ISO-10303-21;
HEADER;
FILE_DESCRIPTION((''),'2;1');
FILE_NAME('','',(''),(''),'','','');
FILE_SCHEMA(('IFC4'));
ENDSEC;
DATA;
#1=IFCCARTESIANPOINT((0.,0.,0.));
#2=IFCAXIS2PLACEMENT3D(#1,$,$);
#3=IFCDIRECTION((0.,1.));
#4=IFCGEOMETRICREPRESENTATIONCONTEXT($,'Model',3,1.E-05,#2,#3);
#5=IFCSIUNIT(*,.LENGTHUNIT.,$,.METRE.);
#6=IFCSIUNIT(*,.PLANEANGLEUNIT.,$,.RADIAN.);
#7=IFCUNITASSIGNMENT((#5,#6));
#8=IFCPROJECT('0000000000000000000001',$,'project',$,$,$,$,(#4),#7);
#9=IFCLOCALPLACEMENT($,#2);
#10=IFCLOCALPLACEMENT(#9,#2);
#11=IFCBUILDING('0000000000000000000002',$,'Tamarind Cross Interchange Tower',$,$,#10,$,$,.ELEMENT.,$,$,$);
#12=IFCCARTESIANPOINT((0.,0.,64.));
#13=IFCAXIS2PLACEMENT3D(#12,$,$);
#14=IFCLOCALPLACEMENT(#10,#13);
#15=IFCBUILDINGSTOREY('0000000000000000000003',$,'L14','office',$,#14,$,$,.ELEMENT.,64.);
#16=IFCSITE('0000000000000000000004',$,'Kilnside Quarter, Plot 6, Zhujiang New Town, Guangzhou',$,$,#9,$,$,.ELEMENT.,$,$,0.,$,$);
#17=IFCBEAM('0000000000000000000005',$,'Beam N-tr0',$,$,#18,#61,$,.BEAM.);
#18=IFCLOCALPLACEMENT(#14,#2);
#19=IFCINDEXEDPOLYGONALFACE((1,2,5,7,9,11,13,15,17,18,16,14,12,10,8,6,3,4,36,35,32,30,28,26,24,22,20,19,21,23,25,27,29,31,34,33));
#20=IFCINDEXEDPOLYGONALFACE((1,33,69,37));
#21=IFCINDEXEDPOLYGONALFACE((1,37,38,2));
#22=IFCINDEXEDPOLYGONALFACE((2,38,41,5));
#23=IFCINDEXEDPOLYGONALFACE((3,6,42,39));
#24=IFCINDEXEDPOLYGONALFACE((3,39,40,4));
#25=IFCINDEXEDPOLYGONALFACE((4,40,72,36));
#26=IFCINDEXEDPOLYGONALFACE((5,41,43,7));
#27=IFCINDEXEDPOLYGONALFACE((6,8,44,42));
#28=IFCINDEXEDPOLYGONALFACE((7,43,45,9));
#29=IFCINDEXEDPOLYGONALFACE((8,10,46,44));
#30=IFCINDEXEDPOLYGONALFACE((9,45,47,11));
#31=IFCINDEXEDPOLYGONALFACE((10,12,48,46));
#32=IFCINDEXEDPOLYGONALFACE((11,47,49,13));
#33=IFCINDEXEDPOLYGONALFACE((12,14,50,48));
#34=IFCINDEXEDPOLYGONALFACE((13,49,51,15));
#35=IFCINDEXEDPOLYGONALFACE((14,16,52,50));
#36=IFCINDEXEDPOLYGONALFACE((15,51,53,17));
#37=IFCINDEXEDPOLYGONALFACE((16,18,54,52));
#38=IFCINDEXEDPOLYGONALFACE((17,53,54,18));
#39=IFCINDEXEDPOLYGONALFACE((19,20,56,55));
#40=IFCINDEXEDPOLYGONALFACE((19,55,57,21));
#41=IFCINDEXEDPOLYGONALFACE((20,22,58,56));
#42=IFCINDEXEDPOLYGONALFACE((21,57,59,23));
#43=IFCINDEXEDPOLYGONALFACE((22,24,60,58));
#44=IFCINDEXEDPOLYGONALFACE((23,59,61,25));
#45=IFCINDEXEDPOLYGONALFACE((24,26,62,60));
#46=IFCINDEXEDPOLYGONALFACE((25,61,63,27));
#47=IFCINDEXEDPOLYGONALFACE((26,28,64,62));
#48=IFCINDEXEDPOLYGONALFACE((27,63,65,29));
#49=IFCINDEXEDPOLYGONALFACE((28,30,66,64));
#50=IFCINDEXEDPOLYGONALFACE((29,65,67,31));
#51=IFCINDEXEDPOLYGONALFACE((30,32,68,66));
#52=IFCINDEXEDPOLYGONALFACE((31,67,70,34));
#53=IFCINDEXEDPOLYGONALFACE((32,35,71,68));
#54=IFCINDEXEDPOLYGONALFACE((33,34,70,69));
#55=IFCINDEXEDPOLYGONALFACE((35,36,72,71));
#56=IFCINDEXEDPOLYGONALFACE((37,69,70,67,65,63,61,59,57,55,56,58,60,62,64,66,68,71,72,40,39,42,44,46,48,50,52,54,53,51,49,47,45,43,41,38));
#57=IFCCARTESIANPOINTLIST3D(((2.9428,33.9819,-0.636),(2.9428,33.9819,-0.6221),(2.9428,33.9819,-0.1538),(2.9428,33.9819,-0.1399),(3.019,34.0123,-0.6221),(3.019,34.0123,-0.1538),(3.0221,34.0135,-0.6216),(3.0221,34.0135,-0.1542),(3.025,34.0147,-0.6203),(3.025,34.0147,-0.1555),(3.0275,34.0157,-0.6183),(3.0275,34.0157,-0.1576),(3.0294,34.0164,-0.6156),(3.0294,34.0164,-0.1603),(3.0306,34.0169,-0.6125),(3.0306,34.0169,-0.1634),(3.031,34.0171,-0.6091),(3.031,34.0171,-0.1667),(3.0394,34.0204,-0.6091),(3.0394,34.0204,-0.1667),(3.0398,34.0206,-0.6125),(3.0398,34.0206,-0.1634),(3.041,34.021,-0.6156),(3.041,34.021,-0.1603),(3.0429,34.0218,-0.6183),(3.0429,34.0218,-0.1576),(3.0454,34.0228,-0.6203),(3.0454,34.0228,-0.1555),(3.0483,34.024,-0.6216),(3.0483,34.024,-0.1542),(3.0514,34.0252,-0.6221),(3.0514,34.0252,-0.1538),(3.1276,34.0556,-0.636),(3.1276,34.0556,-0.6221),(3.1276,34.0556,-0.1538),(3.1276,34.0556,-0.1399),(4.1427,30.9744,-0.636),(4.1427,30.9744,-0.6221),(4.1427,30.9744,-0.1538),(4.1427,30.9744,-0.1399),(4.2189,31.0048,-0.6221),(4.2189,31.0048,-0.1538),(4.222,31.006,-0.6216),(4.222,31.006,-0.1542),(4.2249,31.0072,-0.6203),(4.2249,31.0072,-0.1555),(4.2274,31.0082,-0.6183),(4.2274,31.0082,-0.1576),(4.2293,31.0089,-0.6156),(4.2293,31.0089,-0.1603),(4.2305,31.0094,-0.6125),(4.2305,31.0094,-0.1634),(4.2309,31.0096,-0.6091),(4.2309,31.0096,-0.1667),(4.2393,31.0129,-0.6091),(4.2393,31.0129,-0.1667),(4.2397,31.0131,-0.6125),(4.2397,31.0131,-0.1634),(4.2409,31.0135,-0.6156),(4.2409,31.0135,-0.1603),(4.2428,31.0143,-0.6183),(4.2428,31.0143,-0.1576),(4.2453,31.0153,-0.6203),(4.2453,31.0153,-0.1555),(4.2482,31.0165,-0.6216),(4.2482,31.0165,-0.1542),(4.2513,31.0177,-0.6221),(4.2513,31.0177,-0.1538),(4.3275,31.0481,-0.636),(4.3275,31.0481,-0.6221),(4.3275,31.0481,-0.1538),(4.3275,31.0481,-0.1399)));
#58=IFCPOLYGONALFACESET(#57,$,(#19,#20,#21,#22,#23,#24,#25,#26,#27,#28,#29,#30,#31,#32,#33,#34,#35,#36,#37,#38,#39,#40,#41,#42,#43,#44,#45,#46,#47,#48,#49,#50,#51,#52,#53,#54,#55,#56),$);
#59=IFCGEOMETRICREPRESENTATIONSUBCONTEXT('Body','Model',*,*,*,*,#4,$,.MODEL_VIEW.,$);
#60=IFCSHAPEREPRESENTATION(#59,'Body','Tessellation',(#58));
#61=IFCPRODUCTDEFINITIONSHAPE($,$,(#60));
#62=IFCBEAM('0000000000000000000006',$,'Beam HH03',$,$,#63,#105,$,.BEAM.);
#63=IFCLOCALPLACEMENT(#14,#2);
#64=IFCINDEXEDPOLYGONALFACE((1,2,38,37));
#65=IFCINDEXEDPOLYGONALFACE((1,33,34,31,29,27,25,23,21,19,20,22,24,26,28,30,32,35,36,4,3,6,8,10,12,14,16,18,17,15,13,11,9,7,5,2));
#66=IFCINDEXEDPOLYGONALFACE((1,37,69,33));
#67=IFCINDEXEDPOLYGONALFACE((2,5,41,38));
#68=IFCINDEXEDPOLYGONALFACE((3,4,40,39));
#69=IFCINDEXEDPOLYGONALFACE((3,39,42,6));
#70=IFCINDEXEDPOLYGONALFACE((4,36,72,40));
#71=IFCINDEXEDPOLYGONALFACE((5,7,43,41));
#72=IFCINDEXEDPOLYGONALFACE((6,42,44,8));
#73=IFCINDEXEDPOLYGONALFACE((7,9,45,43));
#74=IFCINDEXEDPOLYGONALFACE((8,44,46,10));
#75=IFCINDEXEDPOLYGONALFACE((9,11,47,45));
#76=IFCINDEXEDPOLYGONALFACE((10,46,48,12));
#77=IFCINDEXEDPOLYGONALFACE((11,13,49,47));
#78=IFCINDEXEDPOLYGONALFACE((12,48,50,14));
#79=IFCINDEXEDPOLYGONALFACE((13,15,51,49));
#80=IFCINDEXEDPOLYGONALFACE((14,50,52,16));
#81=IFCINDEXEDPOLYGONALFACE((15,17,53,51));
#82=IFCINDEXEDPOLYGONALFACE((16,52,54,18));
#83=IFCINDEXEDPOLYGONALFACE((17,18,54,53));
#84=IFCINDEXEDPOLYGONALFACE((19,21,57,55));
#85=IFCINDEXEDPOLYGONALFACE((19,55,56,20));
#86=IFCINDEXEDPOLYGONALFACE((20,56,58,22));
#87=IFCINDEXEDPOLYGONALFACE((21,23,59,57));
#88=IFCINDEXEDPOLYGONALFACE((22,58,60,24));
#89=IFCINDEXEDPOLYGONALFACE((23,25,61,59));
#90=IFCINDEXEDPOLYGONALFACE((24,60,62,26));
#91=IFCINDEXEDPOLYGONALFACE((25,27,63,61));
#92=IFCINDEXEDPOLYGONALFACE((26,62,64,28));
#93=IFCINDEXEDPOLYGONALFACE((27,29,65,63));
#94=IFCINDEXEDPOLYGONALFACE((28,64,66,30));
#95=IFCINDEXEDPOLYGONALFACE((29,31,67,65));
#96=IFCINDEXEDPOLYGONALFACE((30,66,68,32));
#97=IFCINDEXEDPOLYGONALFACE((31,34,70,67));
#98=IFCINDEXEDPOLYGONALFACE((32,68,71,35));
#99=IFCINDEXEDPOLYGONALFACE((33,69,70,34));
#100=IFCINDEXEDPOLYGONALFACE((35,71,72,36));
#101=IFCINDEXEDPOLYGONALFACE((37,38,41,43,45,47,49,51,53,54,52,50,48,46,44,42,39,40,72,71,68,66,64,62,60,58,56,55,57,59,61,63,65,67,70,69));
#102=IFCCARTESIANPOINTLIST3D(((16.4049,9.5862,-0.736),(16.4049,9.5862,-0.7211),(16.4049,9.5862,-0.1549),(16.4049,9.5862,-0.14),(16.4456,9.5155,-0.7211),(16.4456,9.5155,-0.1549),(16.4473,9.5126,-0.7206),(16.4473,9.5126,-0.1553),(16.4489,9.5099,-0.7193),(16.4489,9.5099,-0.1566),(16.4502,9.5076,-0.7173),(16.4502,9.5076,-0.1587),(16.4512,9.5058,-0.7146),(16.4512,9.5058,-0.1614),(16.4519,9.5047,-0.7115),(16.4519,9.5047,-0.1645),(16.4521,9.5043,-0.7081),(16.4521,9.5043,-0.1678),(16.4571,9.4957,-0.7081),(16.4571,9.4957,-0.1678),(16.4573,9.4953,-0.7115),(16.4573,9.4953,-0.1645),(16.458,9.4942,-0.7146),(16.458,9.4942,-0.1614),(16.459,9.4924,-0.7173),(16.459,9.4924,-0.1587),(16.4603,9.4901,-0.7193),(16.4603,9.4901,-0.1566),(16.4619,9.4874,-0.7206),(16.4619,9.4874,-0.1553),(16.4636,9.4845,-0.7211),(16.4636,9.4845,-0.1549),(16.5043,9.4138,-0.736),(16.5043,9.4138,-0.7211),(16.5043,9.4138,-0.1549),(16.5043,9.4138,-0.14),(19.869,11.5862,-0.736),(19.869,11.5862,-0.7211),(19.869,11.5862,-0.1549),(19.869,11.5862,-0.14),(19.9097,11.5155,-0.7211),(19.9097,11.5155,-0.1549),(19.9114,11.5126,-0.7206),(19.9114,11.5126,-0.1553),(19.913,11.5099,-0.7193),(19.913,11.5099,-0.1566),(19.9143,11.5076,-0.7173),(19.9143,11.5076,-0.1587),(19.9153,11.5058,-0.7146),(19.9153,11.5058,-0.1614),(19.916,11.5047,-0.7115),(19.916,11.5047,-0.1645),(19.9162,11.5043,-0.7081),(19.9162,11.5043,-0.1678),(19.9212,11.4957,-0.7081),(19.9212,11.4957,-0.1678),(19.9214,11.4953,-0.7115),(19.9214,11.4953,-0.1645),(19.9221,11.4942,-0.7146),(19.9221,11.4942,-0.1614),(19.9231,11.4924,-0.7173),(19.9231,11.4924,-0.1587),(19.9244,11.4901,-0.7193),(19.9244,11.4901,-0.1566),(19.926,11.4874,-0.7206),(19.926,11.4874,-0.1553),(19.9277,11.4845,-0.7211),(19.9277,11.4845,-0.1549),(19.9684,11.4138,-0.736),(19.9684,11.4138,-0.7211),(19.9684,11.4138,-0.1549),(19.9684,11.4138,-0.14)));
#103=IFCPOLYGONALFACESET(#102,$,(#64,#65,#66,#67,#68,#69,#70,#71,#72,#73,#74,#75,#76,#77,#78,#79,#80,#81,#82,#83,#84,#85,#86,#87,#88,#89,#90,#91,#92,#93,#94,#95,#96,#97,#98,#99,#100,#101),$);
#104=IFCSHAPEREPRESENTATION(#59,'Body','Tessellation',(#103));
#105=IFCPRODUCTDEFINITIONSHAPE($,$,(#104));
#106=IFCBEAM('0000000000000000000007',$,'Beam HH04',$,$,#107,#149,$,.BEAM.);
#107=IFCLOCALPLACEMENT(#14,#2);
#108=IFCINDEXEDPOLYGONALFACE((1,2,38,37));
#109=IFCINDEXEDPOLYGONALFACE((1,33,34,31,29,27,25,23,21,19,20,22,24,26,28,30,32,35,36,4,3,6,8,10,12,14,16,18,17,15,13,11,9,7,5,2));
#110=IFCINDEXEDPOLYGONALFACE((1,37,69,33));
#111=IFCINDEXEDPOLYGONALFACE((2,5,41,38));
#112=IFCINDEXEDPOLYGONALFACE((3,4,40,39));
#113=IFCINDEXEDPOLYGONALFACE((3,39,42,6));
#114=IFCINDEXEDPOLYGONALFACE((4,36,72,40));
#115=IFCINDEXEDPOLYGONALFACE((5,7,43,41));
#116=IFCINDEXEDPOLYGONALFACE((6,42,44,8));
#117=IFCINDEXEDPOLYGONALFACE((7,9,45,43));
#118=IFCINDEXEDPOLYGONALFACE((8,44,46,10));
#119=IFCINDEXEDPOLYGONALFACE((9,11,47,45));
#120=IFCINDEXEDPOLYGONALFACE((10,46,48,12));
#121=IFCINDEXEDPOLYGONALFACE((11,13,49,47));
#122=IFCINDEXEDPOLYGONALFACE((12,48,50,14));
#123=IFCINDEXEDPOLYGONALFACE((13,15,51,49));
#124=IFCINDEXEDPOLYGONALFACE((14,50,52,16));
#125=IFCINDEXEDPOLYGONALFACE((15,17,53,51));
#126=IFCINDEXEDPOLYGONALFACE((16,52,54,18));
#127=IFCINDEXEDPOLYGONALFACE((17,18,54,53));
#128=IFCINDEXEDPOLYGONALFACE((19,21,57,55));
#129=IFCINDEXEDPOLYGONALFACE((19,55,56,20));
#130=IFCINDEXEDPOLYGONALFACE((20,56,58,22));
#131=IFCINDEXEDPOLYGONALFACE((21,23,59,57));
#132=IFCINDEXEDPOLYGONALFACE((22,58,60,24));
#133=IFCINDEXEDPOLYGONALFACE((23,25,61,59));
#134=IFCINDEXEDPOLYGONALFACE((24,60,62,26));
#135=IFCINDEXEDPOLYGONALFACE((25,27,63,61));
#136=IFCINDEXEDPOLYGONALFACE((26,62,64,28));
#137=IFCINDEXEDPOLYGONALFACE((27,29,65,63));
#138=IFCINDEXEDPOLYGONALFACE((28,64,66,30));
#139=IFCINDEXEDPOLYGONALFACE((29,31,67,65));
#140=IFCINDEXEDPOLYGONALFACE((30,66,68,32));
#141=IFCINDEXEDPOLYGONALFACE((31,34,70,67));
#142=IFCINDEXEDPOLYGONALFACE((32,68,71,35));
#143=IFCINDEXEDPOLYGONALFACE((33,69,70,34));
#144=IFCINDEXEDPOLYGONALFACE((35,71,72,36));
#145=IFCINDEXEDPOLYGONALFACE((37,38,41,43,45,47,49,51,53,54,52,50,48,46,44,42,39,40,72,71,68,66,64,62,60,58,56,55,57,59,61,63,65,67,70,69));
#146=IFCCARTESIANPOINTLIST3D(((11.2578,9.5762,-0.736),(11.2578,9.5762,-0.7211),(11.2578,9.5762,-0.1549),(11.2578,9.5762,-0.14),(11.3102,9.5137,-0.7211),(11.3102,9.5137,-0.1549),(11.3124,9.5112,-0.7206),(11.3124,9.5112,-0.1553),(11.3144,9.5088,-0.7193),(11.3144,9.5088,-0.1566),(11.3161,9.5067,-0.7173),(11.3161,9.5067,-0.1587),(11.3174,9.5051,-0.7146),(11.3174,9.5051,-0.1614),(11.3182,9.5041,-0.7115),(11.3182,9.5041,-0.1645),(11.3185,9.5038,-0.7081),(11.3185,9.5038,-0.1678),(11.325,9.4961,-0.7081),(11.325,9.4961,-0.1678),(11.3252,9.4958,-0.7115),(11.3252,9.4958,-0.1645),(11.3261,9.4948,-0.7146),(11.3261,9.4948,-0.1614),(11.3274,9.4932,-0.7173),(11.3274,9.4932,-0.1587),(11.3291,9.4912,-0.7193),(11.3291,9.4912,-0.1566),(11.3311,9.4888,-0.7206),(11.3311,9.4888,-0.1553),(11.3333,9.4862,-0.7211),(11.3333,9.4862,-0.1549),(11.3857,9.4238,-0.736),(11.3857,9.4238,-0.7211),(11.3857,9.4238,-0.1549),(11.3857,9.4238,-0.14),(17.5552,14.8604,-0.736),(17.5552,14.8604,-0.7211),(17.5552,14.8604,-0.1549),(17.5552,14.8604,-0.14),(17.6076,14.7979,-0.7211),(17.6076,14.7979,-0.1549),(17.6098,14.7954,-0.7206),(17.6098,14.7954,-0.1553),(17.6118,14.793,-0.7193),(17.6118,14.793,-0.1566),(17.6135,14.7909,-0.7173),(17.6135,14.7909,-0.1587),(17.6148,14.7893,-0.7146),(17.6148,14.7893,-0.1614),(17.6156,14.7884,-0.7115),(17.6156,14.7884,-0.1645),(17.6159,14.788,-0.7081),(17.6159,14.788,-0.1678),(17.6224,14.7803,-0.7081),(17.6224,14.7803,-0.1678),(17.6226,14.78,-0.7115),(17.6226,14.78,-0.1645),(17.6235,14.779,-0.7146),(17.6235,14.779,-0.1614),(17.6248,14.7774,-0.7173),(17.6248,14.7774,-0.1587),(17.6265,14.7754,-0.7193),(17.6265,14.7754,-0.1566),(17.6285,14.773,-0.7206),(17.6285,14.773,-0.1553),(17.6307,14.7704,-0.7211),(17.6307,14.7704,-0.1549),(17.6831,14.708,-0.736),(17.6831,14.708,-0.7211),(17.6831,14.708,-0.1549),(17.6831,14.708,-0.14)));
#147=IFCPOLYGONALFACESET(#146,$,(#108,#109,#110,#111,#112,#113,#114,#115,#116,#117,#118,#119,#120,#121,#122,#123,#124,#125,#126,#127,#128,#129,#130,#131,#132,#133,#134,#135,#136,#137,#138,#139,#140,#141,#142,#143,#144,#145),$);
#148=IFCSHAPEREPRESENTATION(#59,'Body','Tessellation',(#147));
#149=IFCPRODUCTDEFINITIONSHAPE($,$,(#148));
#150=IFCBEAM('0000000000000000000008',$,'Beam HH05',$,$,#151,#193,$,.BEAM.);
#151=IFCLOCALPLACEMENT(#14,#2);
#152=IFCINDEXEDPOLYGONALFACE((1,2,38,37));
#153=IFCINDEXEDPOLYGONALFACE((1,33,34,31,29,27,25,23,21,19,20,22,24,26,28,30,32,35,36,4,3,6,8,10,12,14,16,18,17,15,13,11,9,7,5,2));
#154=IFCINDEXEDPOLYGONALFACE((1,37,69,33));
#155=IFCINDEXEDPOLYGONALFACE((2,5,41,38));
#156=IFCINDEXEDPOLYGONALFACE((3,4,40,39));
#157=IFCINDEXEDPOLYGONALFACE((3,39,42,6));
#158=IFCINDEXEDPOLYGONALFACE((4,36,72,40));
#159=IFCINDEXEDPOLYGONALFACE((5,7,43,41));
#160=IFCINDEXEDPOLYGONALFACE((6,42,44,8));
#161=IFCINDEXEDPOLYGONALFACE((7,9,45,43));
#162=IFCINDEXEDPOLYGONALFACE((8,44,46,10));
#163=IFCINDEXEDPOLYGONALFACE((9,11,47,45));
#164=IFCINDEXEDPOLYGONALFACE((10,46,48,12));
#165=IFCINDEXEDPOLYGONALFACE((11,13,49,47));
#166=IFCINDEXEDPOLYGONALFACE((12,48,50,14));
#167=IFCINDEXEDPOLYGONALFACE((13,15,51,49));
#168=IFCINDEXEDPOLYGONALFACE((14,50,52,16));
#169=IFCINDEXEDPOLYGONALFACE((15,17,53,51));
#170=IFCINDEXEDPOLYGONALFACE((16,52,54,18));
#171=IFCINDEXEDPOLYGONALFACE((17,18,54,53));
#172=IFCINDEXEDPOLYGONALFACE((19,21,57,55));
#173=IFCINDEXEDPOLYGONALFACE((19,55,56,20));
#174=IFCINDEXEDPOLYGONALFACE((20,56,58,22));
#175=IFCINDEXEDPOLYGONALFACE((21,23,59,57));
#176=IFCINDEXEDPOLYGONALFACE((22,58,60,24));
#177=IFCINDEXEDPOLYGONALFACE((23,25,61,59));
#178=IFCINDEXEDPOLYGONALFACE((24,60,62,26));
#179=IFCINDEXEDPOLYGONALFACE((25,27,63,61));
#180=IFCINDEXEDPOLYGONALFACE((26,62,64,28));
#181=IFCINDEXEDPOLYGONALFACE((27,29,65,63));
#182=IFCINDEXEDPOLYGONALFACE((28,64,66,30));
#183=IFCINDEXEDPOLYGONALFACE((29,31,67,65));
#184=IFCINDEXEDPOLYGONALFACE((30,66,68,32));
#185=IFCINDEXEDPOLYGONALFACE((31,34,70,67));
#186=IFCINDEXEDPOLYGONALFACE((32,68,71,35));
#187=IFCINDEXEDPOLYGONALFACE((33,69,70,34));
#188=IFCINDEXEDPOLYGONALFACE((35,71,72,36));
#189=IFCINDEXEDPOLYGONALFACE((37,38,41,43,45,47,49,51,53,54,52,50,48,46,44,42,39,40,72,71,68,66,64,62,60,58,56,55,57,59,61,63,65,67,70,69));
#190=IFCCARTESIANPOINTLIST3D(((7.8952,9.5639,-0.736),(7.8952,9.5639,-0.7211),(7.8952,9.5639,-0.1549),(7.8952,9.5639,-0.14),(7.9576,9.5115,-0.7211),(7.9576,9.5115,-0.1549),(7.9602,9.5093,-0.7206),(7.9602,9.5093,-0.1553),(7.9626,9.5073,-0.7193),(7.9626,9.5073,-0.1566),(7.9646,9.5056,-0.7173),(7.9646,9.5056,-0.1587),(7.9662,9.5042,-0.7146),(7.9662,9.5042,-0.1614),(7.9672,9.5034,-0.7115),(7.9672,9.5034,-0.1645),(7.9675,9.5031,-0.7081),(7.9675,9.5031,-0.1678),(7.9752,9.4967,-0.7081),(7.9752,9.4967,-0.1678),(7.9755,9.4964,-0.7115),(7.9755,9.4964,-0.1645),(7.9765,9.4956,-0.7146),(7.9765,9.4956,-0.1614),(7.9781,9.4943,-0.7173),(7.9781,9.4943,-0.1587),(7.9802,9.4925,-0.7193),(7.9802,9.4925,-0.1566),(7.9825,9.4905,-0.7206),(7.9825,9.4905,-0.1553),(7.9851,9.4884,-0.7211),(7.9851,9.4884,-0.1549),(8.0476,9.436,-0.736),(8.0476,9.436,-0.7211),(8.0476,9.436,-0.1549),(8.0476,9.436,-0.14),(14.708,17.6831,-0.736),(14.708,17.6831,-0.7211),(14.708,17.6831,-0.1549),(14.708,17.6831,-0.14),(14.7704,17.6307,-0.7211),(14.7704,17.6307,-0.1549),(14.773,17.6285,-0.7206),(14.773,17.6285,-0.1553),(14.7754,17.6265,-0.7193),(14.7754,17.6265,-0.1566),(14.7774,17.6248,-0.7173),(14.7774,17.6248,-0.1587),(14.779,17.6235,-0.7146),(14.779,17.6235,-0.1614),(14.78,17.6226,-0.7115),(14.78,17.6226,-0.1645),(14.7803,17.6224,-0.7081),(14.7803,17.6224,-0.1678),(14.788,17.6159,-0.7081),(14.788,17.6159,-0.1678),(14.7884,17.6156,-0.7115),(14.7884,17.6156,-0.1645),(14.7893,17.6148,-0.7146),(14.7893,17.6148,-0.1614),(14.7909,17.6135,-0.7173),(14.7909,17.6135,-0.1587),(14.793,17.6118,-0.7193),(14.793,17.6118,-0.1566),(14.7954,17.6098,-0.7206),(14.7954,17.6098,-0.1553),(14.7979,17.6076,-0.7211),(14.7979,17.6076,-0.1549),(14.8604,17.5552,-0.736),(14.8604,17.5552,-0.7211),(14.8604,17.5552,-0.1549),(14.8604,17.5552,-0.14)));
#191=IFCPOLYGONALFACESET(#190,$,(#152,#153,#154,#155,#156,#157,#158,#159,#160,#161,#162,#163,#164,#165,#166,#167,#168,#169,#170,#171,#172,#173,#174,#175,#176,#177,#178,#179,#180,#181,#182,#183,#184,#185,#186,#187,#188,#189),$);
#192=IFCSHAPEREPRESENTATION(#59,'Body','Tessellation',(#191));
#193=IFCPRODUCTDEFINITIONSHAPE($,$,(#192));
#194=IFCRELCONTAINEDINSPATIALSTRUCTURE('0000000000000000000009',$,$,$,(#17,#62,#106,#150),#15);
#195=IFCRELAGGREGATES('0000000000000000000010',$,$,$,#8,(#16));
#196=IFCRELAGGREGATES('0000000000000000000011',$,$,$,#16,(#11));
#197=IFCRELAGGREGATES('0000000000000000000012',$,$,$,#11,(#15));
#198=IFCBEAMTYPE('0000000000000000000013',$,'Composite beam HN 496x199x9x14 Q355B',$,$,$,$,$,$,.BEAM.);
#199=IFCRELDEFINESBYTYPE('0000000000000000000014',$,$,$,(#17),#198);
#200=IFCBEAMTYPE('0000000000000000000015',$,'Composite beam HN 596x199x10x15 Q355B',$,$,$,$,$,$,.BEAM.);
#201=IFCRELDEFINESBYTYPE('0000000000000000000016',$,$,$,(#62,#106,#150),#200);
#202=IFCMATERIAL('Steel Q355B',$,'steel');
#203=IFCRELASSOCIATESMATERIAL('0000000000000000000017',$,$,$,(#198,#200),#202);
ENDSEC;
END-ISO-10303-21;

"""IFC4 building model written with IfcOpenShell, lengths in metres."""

from ifc_helpers import new_model, si_unit, direction, frame, origin, origin_2d, place, context, subcontext, project, spatial, i_section, extrude, material, material_profile, profile_set, type_object, element, save


model = new_model("IFC4")

# Units and contexts
model_context = context("Model", 3, precision=1e-05, world=origin(), true_north=direction((0.0, 1.0)))
body_context = subcontext(model_context, "Body", "Model", "MODEL_VIEW")
ifc_project = project(units=[si_unit("LENGTHUNIT", "METRE"), si_unit("PLANEANGLEUNIT", "RADIAN")], contexts=[model_context])

# Site, building, storey
site_placement = place(None, origin())
site = spatial("IfcSite", under=ifc_project, at=site_placement, Name="Kilnside Quarter, Plot 6, Zhujiang New Town, Guangzhou", CompositionType="ELEMENT", RefElevation=0.0)
building_placement = place(site_placement, origin())
building = spatial("IfcBuilding", under=site, at=building_placement, Name="Tamarind Cross Interchange Tower", CompositionType="ELEMENT")
storey_placement = place(building_placement, frame((0.0, 0.0, 64.0)))
storey = spatial("IfcBuildingStorey", under=building, at=storey_placement, Name="L14", Description="office", CompositionType="ELEMENT", Elevation=64.0)

# Beams
ifc_material_1 = material(Name="Steel Q355B", Category="steel")
ifc_material_profile_1 = material_profile(ifc_material_1, i_section(OverallWidth=0.199, OverallDepth=0.4961, WebThickness=0.009, FlangeThickness=0.0139, FilletRadius=0.0129, at=origin_2d()), Name="HN 496x199x9x14")
ifc_profile_set_1 = profile_set([ifc_material_profile_1], Name="Steel Q355B")
beam_type_1 = type_object("IfcBeamType", Name="Composite beam HN 496x199x9x14 Q355B", PredefinedType="BEAM", material=ifc_profile_set_1)
beam_1_placement = place(storey_placement, frame((4.2351, 31.0112, -0.3879), z_axis=(-0.370572, 0.928804, 0.0), x_axis=(-0.928804, -0.370572, 0.0)))
element("IfcBeam", 1, at=beam_1_placement, inside=storey, type_object=beam_type_1, Name="Beam N-tr0", PredefinedType="BEAM", context=body_context, shape_type="SweptSolid", body=[
    extrude(i_section(OverallWidth=0.199, OverallDepth=0.4961, WebThickness=0.009, FlangeThickness=0.0139, FilletRadius=0.0129, at=origin_2d()), origin(), (0.0, 0.0, 1.0), 3.238),
])
ifc_material_profile_2 = material_profile(ifc_material_1, i_section(OverallWidth=0.199, OverallDepth=0.5959, WebThickness=0.01, FlangeThickness=0.0149, FilletRadius=0.0129, at=origin_2d()), Name="HN 596x199x10x15")
ifc_profile_set_2 = profile_set([ifc_material_profile_2], Name="Steel Q355B")
beam_type_2 = type_object("IfcBeamType", Name="Composite beam HN 596x199x10x15 Q355B", PredefinedType="BEAM", material=ifc_profile_set_2)
beam_2_placement = place(storey_placement, frame((19.9187, 11.5, -0.438), z_axis=(-0.866026, -0.499999, 0.0), x_axis=(0.499999, -0.866026, 0.0)))
element("IfcBeam", 2, at=beam_2_placement, inside=storey, type_object=beam_type_2, Name="Beam HH03", PredefinedType="BEAM", context=body_context, shape_type="SweptSolid", body=[
    extrude(i_section(OverallWidth=0.199, OverallDepth=0.5959, WebThickness=0.01, FlangeThickness=0.0149, FilletRadius=0.0129, at=origin_2d()), origin(), (0.0, 0.0, 1.0), 4.0),
])
beam_3_placement = place(storey_placement, frame((17.6191, 14.7842, -0.438), z_axis=(-0.766041, -0.642792, 0.0), x_axis=(0.642792, -0.766041, 0.0)))
element("IfcBeam", 3, at=beam_3_placement, inside=storey, type_object=beam_type_2, Name="Beam HH04", PredefinedType="BEAM", context=body_context, shape_type="SweptSolid", body=[
    extrude(i_section(OverallWidth=0.199, OverallDepth=0.5959, WebThickness=0.01, FlangeThickness=0.0149, FilletRadius=0.0129, at=origin_2d()), origin(), (0.0, 0.0, 1.0), 8.2207),
])
beam_4_placement = place(storey_placement, frame((14.7842, 17.6191, -0.438), z_axis=(-0.642786, -0.766046, 0.0), x_axis=(0.766046, -0.642786, 0.0)))
element("IfcBeam", 4, at=beam_4_placement, inside=storey, type_object=beam_type_2, Name="Beam HH05", PredefinedType="BEAM", context=body_context, shape_type="SweptSolid", body=[
    extrude(i_section(OverallWidth=0.199, OverallDepth=0.5959, WebThickness=0.01, FlangeThickness=0.0149, FilletRadius=0.0129, at=origin_2d()), origin(), (0.0, 0.0, 1.0), 10.5989),
])

save(model, "model.ifc")
